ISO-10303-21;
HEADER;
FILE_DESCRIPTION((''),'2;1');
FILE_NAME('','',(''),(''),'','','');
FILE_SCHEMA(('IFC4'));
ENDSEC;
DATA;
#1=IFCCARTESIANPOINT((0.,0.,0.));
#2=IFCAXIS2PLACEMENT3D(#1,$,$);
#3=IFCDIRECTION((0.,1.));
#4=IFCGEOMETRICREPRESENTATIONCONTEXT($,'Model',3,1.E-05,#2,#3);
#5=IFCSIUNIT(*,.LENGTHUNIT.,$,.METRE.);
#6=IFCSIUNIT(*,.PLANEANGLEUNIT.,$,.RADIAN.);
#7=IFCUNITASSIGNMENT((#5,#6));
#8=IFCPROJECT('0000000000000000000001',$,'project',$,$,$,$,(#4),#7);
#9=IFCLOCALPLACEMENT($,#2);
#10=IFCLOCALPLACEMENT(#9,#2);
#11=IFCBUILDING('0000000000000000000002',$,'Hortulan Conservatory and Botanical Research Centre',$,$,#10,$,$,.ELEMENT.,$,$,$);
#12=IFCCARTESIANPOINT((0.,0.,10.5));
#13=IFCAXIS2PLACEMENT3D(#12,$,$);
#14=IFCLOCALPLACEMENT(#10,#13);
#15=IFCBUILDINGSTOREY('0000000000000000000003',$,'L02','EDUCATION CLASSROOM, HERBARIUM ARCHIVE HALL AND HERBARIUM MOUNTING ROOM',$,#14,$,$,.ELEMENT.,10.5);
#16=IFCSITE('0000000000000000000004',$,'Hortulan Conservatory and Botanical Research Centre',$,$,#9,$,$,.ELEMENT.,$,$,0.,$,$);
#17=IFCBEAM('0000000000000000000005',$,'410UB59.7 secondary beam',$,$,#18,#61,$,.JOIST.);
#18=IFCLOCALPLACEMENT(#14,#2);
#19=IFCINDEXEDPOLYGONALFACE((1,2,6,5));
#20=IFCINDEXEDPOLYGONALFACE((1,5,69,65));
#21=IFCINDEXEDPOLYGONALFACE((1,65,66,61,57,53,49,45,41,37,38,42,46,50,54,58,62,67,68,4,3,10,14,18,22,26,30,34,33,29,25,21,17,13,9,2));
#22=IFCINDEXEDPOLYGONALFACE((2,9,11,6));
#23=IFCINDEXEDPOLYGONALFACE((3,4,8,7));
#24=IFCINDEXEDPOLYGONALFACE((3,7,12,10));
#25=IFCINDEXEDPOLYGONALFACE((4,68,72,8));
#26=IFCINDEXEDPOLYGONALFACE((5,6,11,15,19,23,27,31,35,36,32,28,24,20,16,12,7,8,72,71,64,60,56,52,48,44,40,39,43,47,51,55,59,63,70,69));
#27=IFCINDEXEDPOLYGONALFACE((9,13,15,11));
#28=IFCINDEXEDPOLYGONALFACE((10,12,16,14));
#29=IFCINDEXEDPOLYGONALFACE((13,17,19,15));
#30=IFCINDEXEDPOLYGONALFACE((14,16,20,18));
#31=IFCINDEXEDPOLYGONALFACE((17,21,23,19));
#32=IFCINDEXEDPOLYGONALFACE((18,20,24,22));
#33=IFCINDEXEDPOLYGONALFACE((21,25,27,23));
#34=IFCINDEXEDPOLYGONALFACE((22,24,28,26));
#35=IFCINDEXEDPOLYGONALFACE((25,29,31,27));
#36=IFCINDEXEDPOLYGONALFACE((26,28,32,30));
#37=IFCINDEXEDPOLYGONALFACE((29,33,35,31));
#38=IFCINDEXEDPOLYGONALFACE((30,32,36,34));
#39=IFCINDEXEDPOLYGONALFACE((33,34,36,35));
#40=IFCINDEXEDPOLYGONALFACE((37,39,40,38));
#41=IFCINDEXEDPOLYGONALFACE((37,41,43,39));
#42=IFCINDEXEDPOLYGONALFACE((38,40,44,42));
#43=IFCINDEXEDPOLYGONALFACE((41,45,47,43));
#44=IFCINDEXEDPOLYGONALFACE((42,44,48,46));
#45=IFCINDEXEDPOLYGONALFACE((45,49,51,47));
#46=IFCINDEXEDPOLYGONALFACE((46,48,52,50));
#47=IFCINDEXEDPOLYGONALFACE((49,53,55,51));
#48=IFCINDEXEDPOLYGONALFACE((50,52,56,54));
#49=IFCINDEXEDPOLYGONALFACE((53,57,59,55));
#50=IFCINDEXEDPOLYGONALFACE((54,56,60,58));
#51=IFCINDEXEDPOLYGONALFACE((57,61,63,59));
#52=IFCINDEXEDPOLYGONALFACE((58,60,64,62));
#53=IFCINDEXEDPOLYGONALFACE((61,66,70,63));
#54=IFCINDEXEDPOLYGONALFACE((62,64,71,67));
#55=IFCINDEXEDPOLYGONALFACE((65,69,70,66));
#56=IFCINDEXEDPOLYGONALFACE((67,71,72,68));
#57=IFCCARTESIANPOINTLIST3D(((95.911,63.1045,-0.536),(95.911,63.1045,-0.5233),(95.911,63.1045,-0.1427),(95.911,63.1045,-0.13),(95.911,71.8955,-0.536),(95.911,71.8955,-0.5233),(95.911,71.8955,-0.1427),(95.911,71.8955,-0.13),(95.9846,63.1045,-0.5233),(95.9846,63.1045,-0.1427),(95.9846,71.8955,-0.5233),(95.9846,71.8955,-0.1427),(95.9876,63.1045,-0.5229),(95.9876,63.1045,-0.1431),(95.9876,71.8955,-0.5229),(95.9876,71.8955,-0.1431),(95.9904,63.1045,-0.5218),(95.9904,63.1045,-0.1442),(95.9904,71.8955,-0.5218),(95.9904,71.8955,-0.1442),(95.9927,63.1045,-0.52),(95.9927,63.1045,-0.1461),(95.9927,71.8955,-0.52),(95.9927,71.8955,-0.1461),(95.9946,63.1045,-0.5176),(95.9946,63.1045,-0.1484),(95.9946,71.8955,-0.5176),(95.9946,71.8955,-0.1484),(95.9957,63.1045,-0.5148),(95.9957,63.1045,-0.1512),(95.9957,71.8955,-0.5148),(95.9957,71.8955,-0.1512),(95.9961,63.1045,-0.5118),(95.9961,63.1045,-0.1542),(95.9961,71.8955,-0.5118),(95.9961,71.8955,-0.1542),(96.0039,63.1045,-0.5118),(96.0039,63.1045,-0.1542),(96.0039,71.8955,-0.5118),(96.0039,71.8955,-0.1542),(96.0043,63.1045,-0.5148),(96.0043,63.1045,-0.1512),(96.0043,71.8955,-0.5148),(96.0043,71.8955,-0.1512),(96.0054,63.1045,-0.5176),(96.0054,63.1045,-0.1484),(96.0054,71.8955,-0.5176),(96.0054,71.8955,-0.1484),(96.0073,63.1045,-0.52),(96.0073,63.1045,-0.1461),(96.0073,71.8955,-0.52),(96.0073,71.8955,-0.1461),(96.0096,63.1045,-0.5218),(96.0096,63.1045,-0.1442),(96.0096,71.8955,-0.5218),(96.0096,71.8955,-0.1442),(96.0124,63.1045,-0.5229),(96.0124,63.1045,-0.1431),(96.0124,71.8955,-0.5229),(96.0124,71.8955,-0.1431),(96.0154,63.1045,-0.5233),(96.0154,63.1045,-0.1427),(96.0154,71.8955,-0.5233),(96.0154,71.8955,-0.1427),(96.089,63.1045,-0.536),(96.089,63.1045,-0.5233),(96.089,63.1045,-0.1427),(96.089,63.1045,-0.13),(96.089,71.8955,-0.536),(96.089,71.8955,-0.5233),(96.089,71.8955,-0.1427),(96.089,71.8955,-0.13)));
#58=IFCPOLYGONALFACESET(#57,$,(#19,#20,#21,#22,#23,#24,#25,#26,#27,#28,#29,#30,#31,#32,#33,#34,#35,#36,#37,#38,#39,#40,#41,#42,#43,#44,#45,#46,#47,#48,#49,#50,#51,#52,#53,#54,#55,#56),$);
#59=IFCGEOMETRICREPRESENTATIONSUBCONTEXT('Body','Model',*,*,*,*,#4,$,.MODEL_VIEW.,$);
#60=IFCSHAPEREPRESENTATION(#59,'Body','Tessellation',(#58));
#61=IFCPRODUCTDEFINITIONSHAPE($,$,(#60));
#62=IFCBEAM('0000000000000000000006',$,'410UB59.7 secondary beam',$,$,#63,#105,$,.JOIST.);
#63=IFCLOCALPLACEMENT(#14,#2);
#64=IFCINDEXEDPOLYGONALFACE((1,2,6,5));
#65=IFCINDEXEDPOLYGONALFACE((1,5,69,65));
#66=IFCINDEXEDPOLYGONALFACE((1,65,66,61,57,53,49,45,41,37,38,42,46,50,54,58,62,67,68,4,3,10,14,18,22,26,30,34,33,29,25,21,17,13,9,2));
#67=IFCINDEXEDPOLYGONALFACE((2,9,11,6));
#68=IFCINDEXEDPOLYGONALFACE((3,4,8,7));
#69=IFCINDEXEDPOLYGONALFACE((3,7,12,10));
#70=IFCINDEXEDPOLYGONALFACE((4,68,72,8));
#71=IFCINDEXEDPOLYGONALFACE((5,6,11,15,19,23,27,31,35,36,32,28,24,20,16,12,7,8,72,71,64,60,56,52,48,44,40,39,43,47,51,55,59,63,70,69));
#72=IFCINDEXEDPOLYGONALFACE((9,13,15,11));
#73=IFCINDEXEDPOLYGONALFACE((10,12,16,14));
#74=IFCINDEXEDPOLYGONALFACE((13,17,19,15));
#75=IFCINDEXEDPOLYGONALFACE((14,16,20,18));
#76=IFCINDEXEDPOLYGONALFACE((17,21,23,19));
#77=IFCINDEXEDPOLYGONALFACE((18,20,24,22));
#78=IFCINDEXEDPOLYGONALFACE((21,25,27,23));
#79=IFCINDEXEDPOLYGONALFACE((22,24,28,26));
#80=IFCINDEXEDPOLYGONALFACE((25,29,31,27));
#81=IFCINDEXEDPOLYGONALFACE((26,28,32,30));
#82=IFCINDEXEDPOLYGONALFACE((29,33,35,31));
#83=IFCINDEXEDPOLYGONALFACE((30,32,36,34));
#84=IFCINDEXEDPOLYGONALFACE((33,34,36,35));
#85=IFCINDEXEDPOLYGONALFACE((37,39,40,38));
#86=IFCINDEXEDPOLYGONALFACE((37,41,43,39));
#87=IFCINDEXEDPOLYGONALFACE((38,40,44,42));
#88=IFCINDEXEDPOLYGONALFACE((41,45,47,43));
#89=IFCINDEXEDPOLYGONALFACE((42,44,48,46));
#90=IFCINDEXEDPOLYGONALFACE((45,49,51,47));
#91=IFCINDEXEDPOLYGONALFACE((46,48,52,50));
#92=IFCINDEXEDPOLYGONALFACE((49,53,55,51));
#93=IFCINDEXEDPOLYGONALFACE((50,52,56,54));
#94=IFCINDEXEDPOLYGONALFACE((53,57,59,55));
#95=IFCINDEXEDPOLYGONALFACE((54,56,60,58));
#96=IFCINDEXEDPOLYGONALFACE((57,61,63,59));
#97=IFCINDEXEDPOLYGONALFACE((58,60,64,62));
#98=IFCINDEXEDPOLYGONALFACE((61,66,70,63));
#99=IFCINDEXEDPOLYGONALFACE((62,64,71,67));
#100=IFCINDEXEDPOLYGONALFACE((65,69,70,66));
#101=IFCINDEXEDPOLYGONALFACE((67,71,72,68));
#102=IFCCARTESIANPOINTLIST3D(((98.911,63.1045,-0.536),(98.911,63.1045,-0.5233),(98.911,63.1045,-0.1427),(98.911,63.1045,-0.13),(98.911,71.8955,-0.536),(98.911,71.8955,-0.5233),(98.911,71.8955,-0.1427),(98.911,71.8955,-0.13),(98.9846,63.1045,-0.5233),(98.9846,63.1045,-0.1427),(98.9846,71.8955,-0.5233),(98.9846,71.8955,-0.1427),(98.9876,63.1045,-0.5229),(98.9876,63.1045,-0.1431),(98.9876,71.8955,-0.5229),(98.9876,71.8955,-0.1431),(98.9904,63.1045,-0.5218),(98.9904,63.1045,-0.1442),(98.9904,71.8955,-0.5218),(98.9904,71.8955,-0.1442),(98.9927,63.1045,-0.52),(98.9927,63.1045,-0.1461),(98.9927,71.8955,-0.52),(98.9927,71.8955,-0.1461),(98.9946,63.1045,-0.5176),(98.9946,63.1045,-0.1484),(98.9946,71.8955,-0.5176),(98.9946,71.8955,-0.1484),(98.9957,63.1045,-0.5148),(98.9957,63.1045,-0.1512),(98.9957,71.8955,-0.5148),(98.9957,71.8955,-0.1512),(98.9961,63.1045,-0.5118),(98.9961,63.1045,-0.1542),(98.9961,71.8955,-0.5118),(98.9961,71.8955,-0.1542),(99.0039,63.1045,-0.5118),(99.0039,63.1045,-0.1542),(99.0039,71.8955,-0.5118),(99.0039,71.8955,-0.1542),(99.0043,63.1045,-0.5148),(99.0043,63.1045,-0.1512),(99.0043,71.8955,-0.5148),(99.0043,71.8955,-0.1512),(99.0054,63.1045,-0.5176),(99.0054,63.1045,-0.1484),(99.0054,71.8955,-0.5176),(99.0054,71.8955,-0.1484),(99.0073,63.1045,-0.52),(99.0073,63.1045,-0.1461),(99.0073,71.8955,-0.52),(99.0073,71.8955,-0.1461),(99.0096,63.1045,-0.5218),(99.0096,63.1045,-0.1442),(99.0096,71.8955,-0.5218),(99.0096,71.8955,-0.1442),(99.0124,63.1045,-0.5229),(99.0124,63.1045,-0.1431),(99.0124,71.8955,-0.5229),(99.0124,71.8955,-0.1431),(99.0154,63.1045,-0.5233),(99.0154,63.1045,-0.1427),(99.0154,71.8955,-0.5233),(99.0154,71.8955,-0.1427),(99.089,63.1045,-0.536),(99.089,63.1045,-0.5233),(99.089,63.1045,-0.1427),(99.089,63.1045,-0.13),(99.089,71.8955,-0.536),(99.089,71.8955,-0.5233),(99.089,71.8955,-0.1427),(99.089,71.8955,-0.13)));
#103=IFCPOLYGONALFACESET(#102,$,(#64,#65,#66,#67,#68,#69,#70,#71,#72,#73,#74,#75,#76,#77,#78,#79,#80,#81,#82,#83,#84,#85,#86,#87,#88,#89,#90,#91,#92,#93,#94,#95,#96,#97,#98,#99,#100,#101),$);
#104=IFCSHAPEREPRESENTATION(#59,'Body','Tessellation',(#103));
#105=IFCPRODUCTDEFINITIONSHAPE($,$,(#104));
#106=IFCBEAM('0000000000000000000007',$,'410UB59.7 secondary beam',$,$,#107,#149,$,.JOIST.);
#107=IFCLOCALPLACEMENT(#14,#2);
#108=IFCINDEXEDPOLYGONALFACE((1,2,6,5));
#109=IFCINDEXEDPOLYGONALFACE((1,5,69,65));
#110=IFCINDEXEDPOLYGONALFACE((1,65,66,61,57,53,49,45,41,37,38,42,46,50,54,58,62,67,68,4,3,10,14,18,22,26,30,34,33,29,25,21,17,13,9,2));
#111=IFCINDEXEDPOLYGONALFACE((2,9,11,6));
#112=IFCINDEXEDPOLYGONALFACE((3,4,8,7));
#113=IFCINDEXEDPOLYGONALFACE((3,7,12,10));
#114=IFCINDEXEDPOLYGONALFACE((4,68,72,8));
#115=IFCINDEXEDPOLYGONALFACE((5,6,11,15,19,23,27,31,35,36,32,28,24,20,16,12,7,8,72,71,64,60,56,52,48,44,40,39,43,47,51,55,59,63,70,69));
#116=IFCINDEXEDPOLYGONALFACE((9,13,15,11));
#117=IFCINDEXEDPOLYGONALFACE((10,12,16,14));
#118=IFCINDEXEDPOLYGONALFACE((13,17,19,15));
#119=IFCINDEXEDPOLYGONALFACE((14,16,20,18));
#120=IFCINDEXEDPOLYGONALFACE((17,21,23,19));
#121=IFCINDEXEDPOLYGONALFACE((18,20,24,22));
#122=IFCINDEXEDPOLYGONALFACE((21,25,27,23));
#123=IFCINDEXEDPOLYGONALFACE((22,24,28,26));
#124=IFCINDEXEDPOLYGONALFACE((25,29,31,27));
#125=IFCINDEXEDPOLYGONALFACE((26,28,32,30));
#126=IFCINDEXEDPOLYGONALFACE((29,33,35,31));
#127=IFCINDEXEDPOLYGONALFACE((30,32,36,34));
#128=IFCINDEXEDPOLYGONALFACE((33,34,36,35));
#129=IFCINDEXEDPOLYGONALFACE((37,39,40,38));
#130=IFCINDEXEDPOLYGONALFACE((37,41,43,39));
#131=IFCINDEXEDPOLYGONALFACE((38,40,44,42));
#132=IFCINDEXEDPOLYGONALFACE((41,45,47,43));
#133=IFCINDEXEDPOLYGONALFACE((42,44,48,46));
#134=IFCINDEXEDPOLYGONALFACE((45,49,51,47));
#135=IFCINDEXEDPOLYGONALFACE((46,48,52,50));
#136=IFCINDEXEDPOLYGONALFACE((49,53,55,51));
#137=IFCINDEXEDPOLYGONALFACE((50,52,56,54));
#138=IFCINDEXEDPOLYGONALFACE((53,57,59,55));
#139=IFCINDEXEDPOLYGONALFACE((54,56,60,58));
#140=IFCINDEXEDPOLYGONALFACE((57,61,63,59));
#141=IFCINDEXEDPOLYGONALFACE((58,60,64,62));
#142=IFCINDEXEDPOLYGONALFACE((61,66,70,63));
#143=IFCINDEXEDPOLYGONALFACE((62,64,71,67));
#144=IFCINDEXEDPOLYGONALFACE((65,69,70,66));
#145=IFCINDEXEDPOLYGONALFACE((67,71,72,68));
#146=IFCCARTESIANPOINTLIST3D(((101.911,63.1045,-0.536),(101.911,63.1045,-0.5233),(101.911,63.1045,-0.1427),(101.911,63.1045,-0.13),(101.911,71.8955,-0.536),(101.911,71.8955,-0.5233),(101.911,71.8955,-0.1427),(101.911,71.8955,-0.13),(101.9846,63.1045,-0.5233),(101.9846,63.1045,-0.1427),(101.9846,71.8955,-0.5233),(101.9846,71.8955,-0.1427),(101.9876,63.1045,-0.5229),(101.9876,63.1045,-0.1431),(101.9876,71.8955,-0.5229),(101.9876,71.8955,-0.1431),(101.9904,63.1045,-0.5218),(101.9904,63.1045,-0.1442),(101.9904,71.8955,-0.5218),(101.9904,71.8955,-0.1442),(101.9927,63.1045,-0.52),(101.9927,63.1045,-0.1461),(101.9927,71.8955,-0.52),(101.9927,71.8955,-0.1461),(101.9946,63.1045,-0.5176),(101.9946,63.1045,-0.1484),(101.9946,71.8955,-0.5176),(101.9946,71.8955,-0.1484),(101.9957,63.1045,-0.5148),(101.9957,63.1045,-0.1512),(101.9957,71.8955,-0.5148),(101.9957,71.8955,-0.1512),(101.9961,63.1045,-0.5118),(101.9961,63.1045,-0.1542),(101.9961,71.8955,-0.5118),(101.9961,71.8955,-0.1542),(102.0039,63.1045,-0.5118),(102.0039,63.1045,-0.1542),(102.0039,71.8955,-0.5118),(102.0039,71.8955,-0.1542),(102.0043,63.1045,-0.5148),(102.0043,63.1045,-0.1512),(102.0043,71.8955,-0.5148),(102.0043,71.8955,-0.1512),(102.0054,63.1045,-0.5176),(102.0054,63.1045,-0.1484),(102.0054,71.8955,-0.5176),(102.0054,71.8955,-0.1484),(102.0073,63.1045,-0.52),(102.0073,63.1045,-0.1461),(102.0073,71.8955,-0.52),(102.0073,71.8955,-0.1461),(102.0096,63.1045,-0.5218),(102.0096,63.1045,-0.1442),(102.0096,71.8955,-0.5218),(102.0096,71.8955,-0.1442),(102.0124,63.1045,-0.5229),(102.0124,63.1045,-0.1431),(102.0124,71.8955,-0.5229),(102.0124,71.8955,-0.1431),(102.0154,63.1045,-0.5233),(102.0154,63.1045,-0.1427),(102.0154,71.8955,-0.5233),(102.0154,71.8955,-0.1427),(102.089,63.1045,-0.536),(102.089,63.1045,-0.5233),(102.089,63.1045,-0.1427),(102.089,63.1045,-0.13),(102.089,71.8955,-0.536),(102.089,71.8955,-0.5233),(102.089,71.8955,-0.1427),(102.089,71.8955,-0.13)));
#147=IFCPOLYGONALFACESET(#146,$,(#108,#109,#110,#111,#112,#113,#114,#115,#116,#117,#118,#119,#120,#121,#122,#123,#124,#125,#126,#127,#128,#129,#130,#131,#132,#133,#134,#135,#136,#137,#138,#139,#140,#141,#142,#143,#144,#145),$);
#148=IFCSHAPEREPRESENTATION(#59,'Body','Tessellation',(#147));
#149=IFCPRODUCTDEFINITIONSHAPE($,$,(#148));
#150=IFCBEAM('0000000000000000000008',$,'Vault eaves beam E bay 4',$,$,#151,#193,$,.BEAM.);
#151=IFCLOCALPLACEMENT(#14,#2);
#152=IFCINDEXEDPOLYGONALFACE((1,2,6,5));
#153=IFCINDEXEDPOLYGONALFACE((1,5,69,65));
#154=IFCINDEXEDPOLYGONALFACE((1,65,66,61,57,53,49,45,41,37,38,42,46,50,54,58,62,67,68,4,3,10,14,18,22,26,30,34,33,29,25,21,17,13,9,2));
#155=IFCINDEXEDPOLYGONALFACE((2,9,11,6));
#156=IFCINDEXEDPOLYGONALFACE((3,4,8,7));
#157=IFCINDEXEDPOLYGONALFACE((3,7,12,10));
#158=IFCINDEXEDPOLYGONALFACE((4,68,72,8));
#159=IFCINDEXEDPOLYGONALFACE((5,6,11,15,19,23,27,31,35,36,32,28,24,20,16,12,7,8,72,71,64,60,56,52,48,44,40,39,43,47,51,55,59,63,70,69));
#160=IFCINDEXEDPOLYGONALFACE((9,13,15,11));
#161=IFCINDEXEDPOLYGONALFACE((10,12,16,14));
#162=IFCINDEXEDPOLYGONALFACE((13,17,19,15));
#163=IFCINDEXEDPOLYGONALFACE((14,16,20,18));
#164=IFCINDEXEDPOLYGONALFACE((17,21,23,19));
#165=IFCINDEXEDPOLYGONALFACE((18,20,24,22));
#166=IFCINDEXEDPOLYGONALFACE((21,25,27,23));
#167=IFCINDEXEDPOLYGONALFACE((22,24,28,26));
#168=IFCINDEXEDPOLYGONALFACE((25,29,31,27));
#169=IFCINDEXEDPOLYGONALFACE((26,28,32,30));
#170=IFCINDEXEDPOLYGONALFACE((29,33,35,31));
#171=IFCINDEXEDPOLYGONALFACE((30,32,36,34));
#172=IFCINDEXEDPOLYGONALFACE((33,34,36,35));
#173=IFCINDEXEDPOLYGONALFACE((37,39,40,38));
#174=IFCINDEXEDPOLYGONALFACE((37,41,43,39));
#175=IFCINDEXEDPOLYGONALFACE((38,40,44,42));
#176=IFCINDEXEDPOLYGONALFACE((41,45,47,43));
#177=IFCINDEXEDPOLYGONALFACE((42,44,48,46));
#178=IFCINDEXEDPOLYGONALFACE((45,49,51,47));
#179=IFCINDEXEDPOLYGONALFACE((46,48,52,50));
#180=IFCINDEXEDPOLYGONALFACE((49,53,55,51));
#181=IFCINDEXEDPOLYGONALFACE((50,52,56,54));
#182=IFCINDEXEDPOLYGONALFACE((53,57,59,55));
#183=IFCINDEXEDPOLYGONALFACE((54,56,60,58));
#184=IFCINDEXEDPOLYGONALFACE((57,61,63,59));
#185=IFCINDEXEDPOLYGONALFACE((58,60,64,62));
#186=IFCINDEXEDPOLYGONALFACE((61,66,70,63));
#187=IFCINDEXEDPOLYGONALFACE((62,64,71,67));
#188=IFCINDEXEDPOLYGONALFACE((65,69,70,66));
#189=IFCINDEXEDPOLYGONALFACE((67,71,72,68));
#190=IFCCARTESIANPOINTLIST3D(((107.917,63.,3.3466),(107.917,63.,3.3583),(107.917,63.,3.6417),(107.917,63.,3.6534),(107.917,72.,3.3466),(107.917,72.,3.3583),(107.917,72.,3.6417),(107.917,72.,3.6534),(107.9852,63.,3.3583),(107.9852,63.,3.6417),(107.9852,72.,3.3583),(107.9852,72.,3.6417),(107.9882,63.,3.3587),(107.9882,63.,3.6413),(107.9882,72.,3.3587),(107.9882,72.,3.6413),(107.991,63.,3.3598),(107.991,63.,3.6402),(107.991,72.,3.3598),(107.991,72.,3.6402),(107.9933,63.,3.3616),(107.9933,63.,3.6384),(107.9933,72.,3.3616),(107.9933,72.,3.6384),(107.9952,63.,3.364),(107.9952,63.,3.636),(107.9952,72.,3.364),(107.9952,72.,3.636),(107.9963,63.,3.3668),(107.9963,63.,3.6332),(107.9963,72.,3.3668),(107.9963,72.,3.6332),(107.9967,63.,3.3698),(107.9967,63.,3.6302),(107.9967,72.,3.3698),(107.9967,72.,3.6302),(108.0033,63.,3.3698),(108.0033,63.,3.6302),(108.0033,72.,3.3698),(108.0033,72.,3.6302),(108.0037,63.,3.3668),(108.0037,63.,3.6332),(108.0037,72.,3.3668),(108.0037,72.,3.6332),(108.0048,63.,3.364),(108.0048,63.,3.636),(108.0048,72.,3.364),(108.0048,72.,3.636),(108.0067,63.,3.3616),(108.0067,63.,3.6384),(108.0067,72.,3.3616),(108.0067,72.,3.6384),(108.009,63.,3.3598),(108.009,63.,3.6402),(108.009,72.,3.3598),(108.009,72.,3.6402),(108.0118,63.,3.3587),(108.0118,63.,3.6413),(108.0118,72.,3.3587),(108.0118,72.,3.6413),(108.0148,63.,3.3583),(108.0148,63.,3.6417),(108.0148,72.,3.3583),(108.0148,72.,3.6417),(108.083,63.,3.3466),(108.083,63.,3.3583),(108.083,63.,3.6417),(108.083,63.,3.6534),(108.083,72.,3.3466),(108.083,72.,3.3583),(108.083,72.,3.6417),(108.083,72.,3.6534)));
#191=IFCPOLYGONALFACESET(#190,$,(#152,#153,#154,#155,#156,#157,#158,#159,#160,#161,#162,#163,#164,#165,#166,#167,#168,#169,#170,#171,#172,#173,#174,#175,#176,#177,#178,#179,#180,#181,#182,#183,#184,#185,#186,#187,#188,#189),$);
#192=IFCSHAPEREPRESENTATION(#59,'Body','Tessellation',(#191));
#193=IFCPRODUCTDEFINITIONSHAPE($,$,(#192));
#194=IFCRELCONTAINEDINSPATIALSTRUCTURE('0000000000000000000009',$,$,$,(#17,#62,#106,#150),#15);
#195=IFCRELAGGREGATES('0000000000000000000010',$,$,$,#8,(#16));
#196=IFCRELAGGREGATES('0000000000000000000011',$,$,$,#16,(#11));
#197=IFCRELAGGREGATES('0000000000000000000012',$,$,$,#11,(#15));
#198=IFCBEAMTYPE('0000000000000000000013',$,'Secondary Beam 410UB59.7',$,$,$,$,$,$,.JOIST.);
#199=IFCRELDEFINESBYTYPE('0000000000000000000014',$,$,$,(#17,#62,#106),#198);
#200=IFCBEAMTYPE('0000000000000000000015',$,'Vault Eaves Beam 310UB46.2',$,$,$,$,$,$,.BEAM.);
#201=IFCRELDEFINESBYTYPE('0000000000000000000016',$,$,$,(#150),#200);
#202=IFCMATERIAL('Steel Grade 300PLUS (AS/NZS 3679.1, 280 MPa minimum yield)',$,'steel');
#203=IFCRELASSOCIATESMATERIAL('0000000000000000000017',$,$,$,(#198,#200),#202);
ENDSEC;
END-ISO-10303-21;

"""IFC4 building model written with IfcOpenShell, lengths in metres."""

from ifc_helpers import new_model, si_unit, direction, frame, origin, origin_2d, place, context, subcontext, project, spatial, i_section, extrude, material, material_profile, profile_set, type_object, element, save


model = new_model("IFC4")

# Units and contexts
model_context = context("Model", 3, precision=1e-05, world=origin(), true_north=direction((0.0, 1.0)))
body_context = subcontext(model_context, "Body", "Model", "MODEL_VIEW")
ifc_project = project(units=[si_unit("LENGTHUNIT", "METRE"), si_unit("PLANEANGLEUNIT", "RADIAN")], contexts=[model_context])

# Site, building, storey
site_placement = place(None, origin())
site = spatial("IfcSite", under=ifc_project, at=site_placement, Name="Hortulan Conservatory and Botanical Research Centre", CompositionType="ELEMENT", RefElevation=0.0)
building_placement = place(site_placement, origin())
building = spatial("IfcBuilding", under=site, at=building_placement, Name="Hortulan Conservatory and Botanical Research Centre", CompositionType="ELEMENT")
storey_placement = place(building_placement, frame((0.0, 0.0, 10.5)))
storey = spatial("IfcBuildingStorey", under=building, at=storey_placement, Name="L02", Description="EDUCATION CLASSROOM, HERBARIUM ARCHIVE HALL AND HERBARIUM MOUNTING ROOM", CompositionType="ELEMENT", Elevation=10.5)

# Beams
ifc_material_1 = material(Name="Steel Grade 300PLUS (AS/NZS 3679.1, 280 MPa minimum yield)", Category="steel")
ifc_material_profile_1 = material_profile(ifc_material_1, i_section(OverallWidth=0.178, OverallDepth=0.406, WebThickness=0.0078, FlangeThickness=0.0127, FilletRadius=0.0115, at=origin_2d()), Name="410UB59.7")
ifc_profile_set_1 = profile_set([ifc_material_profile_1], Name="Steel Grade 300PLUS (AS/NZS 3679.1, 280 MPa minimum yield)")
beam_type_1 = type_object("IfcBeamType", Name="Secondary Beam 410UB59.7", PredefinedType="JOIST", material=ifc_profile_set_1)
for number, where, z_axis, x_axis, name in (
    (1, (96.0, 63.1045, -0.333), (0.0, 1.0, 0.0), (-1.0, 0.0, 0.0), "410UB59.7 secondary beam"),
    (2, (99.0, 63.1045, -0.333), (0.0, 1.0, 0.0), (-1.0, 0.0, 0.0), "410UB59.7 secondary beam"),
    (3, (102.0, 63.1045, -0.333), (0.0, 1.0, 0.0), (-1.0, 0.0, 0.0), "410UB59.7 secondary beam"),
):
    element("IfcBeam", number, at=place(storey_placement, frame(where, z_axis=z_axis, x_axis=x_axis)), inside=storey, type_object=beam_type_1, Name=name, PredefinedType="JOIST", context=body_context, shape_type="SweptSolid", body=[
        extrude(i_section(OverallWidth=0.178, OverallDepth=0.406, WebThickness=0.0078, FlangeThickness=0.0127, FilletRadius=0.0115, at=origin_2d()), origin(), (0.0, 0.0, 1.0), 8.791),
    ])
ifc_material_profile_2 = material_profile(ifc_material_1, i_section(OverallWidth=0.166, OverallDepth=0.3069, WebThickness=0.0066, FlangeThickness=0.0117, FilletRadius=0.0115, at=origin_2d()), Name="310UB46.2")
ifc_profile_set_2 = profile_set([ifc_material_profile_2], Name="Steel Grade 300PLUS (AS/NZS 3679.1, 280 MPa minimum yield)")
beam_type_2 = type_object("IfcBeamType", Name="Vault Eaves Beam 310UB46.2", PredefinedType="BEAM", material=ifc_profile_set_2)
beam_placement = place(storey_placement, frame((108.0, 63.0, 3.5), z_axis=(0.0, 1.0, 0.0), x_axis=(-1.0, 0.0, 0.0)))
element("IfcBeam", 4, at=beam_placement, inside=storey, type_object=beam_type_2, Name="Vault eaves beam E bay 4", PredefinedType="BEAM", context=body_context, shape_type="SweptSolid", body=[
    extrude(i_section(OverallWidth=0.166, OverallDepth=0.3069, WebThickness=0.0066, FlangeThickness=0.0117, FilletRadius=0.0115, at=origin_2d()), origin(), (0.0, 0.0, 1.0), 9.0),
])

save(model, "model.ifc")
